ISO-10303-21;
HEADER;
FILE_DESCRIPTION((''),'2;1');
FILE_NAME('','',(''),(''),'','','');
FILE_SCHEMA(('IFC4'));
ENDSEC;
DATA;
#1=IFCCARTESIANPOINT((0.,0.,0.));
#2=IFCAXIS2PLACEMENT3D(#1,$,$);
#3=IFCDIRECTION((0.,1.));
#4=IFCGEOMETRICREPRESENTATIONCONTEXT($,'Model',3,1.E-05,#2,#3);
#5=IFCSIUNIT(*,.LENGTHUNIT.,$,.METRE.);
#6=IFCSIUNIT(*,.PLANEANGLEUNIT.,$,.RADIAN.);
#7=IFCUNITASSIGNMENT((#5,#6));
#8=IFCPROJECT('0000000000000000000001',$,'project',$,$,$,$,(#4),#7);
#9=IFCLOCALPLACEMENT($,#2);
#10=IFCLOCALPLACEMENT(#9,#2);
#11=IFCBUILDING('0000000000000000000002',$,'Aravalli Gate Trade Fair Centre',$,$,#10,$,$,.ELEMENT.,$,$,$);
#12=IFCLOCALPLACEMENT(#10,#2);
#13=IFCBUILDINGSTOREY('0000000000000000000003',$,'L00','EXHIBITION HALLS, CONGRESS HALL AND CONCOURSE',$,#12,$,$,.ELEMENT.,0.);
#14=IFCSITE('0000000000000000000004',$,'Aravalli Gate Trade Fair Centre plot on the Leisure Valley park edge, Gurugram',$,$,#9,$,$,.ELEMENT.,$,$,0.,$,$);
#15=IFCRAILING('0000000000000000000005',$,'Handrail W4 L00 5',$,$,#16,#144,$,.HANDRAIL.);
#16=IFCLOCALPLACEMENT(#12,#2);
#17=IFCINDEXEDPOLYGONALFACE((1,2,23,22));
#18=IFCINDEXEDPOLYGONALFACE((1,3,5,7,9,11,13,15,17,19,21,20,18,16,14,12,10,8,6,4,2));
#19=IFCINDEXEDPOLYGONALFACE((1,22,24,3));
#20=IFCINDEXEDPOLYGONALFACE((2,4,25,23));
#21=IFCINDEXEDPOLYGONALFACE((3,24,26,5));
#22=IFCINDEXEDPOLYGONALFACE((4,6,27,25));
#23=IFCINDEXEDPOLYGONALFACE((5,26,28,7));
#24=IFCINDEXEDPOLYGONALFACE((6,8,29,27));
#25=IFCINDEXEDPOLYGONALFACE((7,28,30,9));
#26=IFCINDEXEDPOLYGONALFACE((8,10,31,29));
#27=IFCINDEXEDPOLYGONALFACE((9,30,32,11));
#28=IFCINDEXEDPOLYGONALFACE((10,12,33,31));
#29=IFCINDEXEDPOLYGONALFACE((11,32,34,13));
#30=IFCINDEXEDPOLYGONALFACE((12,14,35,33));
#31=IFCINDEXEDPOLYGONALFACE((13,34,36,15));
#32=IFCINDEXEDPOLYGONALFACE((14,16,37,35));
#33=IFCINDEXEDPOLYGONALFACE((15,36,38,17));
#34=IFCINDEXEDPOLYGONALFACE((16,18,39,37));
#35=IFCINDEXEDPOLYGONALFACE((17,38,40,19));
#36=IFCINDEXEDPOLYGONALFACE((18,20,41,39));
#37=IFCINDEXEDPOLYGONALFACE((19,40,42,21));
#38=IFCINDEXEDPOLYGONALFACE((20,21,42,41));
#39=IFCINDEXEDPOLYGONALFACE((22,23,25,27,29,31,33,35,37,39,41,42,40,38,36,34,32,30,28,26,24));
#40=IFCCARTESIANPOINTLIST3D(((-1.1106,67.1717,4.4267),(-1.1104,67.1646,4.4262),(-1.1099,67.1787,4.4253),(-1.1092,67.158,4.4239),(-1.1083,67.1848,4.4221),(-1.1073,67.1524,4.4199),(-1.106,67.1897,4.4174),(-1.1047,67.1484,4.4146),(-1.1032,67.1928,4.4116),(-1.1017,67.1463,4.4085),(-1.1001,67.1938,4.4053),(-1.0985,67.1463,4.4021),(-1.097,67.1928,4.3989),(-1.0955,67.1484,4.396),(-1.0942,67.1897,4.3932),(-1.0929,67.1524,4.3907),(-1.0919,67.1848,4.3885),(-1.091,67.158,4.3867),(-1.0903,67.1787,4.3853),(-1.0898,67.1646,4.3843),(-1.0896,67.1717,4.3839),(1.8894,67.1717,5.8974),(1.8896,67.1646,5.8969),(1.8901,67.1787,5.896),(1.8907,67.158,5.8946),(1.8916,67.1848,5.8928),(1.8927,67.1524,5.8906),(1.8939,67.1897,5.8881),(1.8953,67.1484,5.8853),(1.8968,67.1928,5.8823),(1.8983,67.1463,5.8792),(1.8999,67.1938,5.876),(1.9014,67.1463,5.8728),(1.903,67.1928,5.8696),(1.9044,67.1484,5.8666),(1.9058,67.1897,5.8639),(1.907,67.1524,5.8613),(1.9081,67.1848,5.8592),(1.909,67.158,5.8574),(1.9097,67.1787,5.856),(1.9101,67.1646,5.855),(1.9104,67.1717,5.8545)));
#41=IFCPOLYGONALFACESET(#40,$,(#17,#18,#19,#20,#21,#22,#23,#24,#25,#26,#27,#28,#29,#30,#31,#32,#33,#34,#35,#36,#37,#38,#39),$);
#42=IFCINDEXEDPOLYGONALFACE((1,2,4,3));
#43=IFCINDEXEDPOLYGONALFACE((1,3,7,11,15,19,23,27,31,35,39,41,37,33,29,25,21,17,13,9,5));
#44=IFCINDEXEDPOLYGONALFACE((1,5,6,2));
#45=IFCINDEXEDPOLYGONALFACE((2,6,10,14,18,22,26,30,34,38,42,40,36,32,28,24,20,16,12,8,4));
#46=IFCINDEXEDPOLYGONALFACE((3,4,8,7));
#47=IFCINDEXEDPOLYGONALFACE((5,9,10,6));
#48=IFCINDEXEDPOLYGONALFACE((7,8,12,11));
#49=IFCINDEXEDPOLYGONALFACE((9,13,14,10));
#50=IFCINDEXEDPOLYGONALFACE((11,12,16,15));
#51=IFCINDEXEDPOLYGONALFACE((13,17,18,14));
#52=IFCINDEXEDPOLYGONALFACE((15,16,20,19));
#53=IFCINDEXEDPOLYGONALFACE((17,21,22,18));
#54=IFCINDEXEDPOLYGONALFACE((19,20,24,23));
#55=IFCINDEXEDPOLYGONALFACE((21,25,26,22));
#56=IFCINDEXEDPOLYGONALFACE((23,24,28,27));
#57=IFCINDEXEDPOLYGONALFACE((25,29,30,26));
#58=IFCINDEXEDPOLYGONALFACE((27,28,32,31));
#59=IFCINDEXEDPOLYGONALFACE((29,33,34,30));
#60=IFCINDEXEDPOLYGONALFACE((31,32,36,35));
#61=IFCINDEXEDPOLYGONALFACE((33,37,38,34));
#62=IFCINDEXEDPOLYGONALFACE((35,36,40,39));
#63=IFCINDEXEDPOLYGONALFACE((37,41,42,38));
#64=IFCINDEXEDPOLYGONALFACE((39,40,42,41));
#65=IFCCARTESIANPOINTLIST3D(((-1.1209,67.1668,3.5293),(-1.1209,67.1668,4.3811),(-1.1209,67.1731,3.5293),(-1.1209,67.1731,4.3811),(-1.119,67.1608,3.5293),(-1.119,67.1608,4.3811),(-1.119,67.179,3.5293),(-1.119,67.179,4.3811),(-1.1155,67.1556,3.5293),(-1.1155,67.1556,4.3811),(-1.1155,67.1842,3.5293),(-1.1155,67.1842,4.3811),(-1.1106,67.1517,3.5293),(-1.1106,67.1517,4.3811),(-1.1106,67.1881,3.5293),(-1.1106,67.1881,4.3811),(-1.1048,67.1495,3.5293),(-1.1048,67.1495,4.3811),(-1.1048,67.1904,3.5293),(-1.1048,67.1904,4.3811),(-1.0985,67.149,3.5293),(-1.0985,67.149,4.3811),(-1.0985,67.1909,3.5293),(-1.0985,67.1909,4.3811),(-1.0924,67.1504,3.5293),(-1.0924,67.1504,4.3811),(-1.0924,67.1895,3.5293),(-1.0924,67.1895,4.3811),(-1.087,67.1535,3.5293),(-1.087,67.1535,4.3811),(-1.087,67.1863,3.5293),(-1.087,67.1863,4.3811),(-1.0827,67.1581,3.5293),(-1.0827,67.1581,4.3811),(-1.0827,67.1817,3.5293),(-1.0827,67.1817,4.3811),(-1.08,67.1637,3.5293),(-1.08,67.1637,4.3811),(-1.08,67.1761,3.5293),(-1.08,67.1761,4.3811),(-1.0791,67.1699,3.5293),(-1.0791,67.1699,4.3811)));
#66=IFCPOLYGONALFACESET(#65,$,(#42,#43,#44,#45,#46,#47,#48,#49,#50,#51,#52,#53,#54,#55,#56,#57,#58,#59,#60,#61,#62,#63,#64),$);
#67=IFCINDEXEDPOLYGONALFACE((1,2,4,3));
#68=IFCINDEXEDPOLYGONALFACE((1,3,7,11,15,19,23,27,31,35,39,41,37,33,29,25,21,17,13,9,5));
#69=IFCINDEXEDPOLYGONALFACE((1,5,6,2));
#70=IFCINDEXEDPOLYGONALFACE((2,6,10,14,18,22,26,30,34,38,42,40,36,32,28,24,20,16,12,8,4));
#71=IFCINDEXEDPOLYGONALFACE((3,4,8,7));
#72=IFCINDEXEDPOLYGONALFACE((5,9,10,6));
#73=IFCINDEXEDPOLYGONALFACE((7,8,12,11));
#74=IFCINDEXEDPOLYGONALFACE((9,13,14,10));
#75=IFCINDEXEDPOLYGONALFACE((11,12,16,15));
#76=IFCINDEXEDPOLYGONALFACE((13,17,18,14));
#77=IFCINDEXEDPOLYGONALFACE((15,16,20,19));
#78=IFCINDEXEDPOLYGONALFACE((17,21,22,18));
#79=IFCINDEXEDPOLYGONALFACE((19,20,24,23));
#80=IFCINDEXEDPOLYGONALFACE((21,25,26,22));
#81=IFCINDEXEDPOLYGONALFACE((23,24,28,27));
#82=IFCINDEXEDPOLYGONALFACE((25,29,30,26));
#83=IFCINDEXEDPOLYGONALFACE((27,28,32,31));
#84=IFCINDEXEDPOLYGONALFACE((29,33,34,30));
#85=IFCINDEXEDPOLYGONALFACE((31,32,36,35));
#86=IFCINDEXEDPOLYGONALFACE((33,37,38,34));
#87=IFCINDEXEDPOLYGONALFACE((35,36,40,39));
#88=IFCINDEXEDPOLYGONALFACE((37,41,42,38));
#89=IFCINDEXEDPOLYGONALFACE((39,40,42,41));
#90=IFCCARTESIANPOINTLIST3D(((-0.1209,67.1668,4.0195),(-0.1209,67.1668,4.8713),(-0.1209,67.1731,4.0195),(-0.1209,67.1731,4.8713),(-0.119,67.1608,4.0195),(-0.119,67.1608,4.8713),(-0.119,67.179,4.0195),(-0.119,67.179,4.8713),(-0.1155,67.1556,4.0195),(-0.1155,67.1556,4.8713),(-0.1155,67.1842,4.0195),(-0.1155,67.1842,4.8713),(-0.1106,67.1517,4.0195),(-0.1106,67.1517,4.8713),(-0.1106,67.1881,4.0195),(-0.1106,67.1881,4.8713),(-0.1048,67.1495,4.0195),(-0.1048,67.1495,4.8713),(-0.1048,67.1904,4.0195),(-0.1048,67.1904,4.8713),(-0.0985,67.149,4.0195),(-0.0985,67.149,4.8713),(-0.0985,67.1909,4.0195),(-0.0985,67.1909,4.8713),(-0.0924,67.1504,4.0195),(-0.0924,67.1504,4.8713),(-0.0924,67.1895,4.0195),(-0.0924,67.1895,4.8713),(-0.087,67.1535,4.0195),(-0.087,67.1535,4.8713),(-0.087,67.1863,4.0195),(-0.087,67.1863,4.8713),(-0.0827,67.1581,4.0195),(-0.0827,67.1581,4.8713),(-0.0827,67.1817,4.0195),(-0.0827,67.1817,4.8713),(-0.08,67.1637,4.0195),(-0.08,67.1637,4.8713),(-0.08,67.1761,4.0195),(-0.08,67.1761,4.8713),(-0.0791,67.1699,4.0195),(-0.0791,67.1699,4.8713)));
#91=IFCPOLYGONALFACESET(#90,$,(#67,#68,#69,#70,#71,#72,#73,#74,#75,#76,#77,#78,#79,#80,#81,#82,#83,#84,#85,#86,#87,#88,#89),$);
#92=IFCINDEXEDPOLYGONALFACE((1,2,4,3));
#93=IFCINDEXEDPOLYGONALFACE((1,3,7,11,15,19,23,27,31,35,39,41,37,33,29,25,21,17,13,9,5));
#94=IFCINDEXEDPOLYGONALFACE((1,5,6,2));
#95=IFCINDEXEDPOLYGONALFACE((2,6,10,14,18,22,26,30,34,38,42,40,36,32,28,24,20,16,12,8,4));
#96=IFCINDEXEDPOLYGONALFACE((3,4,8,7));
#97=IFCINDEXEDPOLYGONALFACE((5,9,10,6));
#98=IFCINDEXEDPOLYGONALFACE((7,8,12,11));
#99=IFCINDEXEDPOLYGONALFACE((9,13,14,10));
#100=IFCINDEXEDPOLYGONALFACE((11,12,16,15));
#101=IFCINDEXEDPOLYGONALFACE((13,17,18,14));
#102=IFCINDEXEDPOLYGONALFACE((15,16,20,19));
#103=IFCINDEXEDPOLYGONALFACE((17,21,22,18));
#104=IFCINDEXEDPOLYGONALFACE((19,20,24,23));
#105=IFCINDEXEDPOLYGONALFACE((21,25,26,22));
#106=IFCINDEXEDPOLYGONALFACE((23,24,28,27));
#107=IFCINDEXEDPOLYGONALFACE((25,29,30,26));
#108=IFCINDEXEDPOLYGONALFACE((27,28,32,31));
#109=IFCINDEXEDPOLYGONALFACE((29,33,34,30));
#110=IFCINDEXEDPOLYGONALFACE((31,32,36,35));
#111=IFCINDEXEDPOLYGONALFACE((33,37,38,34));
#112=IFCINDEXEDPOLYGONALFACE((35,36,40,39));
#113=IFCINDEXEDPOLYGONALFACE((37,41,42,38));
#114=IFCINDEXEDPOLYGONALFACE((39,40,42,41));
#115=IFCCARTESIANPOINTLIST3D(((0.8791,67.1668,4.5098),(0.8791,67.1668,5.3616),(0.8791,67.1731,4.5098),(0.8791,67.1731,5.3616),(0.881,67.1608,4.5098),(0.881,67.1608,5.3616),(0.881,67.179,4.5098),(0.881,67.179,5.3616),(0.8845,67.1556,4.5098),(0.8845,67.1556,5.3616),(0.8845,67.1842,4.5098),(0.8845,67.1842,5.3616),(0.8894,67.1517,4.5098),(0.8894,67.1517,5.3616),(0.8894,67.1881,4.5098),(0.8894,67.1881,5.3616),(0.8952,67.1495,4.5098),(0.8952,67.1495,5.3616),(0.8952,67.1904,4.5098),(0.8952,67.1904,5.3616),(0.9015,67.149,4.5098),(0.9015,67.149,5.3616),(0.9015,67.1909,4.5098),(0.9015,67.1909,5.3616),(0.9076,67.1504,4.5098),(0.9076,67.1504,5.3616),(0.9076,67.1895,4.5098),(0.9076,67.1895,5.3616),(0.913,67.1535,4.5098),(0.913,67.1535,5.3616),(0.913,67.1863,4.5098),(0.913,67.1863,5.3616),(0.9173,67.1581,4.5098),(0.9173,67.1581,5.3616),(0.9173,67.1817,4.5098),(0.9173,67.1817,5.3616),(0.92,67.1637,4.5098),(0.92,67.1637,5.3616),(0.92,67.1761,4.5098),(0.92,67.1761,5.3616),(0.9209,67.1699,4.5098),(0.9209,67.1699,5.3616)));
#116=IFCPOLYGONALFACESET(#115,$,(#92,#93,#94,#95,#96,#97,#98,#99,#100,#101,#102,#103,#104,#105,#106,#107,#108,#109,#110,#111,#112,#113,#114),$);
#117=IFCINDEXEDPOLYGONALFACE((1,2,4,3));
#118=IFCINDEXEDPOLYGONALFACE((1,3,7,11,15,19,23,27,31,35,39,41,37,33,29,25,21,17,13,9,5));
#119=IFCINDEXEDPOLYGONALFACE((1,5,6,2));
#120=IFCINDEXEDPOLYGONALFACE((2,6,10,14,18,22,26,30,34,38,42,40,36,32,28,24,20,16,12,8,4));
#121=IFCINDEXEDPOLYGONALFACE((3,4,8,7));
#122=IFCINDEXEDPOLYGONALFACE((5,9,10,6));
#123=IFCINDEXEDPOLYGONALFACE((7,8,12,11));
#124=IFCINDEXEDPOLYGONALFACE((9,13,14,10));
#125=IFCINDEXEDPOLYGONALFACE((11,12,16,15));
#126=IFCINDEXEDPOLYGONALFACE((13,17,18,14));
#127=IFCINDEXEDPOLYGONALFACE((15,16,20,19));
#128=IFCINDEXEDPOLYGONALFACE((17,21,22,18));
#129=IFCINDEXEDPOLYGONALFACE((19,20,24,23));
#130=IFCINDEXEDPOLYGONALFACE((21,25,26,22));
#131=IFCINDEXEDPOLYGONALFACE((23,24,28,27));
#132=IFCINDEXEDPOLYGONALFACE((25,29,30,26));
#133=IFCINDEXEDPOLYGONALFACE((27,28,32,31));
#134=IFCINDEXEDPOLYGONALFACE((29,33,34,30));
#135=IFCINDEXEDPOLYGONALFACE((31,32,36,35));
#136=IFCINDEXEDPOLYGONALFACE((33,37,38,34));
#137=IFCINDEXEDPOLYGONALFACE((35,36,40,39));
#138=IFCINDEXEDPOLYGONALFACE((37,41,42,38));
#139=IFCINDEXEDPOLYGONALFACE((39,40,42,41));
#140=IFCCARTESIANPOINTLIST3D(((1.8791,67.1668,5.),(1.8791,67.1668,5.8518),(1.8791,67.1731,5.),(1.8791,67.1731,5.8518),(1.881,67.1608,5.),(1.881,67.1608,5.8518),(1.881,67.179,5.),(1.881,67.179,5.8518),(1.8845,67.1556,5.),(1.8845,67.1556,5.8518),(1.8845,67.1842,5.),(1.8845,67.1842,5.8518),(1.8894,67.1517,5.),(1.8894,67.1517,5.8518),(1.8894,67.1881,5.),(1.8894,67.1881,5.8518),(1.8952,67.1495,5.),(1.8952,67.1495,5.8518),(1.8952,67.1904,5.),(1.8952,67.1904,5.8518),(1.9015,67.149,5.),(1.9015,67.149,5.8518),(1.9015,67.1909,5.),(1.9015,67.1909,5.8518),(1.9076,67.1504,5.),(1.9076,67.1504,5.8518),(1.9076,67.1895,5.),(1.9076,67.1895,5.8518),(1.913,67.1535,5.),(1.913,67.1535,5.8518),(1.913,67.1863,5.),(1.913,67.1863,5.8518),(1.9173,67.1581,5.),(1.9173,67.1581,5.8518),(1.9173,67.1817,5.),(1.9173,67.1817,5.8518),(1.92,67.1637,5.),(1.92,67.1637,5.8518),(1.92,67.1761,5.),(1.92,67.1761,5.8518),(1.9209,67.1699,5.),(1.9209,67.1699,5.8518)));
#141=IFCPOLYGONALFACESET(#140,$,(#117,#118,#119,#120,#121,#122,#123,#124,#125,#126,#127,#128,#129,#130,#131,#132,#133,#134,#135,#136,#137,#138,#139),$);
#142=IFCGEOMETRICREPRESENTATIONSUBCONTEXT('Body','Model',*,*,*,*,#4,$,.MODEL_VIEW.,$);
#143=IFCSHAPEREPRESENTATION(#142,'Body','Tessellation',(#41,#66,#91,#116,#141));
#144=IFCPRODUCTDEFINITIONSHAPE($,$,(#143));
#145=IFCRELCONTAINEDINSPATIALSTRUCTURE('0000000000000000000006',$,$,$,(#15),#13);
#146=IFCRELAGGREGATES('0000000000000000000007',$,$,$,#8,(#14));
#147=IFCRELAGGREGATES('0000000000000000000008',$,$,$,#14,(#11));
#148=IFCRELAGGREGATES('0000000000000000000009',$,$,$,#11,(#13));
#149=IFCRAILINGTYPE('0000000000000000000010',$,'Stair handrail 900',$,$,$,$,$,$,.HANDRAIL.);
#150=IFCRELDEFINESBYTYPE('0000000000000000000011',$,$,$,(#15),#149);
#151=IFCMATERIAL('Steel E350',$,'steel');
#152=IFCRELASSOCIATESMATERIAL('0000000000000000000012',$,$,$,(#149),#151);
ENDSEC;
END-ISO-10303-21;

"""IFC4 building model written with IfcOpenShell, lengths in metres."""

from ifc_helpers import new_model, si_unit, direction, frame, origin, origin_2d, place, context, subcontext, project, spatial, circle, extrude, material, type_object, element, save


model = new_model("IFC4")

# Units and contexts
model_context = context("Model", 3, precision=1e-05, world=origin(), true_north=direction((0.0, 1.0)))
body_context = subcontext(model_context, "Body", "Model", "MODEL_VIEW")
ifc_project = project(units=[si_unit("LENGTHUNIT", "METRE"), si_unit("PLANEANGLEUNIT", "RADIAN")], contexts=[model_context])

# Site, building, storey
site_placement = place(None, origin())
site = spatial("IfcSite", under=ifc_project, at=site_placement, Name="Aravalli Gate Trade Fair Centre plot on the Leisure Valley park edge, Gurugram", CompositionType="ELEMENT", RefElevation=0.0)
building_placement = place(site_placement, origin())
building = spatial("IfcBuilding", under=site, at=building_placement, Name="Aravalli Gate Trade Fair Centre", CompositionType="ELEMENT")
storey_placement = place(building_placement, origin())
storey = spatial("IfcBuildingStorey", under=building, at=storey_placement, Name="L00", Description="EXHIBITION HALLS, CONGRESS HALL AND CONCOURSE", CompositionType="ELEMENT", Elevation=0.0)

# Railing
ifc_material_1 = material(Name="Steel E350", Category="steel")
railing_type = type_object("IfcRailingType", Name="Stair handrail 900", PredefinedType="HANDRAIL", material=ifc_material_1)
railing_1_placement = place(storey_placement, frame((-1.1001, 67.1699, 3.5293)))
element("IfcRailing", 1, at=railing_1_placement, inside=storey, type_object=railing_type, Name="Handrail W4 L00 5", PredefinedType="HANDRAIL", context=body_context, shape_type="SweptSolid", body=[
    extrude(circle(Radius=0.0239, at=origin_2d()), frame((0.0, 0.0, 0.876), z_axis=(0.897907, 0.0, 0.440185), x_axis=(0.0, 1.0, 0.0)), (0.0, 0.0, 1.0), 3.3411),
    extrude(circle(Radius=0.021, at=origin_2d()), origin(), (0.0, 0.0, 1.0), 0.8518),
    extrude(circle(Radius=0.021, at=origin_2d()), frame((1.0, 0.0, 0.4902)), (0.0, 0.0, 1.0), 0.8518),
    extrude(circle(Radius=0.021, at=origin_2d()), frame((2.0, 0.0, 0.9805)), (0.0, 0.0, 1.0), 0.8518),
    extrude(circle(Radius=0.021, at=origin_2d()), frame((3.0, 0.0, 1.4707)), (0.0, 0.0, 1.0), 0.8518),
])

save(model, "model.ifc")
